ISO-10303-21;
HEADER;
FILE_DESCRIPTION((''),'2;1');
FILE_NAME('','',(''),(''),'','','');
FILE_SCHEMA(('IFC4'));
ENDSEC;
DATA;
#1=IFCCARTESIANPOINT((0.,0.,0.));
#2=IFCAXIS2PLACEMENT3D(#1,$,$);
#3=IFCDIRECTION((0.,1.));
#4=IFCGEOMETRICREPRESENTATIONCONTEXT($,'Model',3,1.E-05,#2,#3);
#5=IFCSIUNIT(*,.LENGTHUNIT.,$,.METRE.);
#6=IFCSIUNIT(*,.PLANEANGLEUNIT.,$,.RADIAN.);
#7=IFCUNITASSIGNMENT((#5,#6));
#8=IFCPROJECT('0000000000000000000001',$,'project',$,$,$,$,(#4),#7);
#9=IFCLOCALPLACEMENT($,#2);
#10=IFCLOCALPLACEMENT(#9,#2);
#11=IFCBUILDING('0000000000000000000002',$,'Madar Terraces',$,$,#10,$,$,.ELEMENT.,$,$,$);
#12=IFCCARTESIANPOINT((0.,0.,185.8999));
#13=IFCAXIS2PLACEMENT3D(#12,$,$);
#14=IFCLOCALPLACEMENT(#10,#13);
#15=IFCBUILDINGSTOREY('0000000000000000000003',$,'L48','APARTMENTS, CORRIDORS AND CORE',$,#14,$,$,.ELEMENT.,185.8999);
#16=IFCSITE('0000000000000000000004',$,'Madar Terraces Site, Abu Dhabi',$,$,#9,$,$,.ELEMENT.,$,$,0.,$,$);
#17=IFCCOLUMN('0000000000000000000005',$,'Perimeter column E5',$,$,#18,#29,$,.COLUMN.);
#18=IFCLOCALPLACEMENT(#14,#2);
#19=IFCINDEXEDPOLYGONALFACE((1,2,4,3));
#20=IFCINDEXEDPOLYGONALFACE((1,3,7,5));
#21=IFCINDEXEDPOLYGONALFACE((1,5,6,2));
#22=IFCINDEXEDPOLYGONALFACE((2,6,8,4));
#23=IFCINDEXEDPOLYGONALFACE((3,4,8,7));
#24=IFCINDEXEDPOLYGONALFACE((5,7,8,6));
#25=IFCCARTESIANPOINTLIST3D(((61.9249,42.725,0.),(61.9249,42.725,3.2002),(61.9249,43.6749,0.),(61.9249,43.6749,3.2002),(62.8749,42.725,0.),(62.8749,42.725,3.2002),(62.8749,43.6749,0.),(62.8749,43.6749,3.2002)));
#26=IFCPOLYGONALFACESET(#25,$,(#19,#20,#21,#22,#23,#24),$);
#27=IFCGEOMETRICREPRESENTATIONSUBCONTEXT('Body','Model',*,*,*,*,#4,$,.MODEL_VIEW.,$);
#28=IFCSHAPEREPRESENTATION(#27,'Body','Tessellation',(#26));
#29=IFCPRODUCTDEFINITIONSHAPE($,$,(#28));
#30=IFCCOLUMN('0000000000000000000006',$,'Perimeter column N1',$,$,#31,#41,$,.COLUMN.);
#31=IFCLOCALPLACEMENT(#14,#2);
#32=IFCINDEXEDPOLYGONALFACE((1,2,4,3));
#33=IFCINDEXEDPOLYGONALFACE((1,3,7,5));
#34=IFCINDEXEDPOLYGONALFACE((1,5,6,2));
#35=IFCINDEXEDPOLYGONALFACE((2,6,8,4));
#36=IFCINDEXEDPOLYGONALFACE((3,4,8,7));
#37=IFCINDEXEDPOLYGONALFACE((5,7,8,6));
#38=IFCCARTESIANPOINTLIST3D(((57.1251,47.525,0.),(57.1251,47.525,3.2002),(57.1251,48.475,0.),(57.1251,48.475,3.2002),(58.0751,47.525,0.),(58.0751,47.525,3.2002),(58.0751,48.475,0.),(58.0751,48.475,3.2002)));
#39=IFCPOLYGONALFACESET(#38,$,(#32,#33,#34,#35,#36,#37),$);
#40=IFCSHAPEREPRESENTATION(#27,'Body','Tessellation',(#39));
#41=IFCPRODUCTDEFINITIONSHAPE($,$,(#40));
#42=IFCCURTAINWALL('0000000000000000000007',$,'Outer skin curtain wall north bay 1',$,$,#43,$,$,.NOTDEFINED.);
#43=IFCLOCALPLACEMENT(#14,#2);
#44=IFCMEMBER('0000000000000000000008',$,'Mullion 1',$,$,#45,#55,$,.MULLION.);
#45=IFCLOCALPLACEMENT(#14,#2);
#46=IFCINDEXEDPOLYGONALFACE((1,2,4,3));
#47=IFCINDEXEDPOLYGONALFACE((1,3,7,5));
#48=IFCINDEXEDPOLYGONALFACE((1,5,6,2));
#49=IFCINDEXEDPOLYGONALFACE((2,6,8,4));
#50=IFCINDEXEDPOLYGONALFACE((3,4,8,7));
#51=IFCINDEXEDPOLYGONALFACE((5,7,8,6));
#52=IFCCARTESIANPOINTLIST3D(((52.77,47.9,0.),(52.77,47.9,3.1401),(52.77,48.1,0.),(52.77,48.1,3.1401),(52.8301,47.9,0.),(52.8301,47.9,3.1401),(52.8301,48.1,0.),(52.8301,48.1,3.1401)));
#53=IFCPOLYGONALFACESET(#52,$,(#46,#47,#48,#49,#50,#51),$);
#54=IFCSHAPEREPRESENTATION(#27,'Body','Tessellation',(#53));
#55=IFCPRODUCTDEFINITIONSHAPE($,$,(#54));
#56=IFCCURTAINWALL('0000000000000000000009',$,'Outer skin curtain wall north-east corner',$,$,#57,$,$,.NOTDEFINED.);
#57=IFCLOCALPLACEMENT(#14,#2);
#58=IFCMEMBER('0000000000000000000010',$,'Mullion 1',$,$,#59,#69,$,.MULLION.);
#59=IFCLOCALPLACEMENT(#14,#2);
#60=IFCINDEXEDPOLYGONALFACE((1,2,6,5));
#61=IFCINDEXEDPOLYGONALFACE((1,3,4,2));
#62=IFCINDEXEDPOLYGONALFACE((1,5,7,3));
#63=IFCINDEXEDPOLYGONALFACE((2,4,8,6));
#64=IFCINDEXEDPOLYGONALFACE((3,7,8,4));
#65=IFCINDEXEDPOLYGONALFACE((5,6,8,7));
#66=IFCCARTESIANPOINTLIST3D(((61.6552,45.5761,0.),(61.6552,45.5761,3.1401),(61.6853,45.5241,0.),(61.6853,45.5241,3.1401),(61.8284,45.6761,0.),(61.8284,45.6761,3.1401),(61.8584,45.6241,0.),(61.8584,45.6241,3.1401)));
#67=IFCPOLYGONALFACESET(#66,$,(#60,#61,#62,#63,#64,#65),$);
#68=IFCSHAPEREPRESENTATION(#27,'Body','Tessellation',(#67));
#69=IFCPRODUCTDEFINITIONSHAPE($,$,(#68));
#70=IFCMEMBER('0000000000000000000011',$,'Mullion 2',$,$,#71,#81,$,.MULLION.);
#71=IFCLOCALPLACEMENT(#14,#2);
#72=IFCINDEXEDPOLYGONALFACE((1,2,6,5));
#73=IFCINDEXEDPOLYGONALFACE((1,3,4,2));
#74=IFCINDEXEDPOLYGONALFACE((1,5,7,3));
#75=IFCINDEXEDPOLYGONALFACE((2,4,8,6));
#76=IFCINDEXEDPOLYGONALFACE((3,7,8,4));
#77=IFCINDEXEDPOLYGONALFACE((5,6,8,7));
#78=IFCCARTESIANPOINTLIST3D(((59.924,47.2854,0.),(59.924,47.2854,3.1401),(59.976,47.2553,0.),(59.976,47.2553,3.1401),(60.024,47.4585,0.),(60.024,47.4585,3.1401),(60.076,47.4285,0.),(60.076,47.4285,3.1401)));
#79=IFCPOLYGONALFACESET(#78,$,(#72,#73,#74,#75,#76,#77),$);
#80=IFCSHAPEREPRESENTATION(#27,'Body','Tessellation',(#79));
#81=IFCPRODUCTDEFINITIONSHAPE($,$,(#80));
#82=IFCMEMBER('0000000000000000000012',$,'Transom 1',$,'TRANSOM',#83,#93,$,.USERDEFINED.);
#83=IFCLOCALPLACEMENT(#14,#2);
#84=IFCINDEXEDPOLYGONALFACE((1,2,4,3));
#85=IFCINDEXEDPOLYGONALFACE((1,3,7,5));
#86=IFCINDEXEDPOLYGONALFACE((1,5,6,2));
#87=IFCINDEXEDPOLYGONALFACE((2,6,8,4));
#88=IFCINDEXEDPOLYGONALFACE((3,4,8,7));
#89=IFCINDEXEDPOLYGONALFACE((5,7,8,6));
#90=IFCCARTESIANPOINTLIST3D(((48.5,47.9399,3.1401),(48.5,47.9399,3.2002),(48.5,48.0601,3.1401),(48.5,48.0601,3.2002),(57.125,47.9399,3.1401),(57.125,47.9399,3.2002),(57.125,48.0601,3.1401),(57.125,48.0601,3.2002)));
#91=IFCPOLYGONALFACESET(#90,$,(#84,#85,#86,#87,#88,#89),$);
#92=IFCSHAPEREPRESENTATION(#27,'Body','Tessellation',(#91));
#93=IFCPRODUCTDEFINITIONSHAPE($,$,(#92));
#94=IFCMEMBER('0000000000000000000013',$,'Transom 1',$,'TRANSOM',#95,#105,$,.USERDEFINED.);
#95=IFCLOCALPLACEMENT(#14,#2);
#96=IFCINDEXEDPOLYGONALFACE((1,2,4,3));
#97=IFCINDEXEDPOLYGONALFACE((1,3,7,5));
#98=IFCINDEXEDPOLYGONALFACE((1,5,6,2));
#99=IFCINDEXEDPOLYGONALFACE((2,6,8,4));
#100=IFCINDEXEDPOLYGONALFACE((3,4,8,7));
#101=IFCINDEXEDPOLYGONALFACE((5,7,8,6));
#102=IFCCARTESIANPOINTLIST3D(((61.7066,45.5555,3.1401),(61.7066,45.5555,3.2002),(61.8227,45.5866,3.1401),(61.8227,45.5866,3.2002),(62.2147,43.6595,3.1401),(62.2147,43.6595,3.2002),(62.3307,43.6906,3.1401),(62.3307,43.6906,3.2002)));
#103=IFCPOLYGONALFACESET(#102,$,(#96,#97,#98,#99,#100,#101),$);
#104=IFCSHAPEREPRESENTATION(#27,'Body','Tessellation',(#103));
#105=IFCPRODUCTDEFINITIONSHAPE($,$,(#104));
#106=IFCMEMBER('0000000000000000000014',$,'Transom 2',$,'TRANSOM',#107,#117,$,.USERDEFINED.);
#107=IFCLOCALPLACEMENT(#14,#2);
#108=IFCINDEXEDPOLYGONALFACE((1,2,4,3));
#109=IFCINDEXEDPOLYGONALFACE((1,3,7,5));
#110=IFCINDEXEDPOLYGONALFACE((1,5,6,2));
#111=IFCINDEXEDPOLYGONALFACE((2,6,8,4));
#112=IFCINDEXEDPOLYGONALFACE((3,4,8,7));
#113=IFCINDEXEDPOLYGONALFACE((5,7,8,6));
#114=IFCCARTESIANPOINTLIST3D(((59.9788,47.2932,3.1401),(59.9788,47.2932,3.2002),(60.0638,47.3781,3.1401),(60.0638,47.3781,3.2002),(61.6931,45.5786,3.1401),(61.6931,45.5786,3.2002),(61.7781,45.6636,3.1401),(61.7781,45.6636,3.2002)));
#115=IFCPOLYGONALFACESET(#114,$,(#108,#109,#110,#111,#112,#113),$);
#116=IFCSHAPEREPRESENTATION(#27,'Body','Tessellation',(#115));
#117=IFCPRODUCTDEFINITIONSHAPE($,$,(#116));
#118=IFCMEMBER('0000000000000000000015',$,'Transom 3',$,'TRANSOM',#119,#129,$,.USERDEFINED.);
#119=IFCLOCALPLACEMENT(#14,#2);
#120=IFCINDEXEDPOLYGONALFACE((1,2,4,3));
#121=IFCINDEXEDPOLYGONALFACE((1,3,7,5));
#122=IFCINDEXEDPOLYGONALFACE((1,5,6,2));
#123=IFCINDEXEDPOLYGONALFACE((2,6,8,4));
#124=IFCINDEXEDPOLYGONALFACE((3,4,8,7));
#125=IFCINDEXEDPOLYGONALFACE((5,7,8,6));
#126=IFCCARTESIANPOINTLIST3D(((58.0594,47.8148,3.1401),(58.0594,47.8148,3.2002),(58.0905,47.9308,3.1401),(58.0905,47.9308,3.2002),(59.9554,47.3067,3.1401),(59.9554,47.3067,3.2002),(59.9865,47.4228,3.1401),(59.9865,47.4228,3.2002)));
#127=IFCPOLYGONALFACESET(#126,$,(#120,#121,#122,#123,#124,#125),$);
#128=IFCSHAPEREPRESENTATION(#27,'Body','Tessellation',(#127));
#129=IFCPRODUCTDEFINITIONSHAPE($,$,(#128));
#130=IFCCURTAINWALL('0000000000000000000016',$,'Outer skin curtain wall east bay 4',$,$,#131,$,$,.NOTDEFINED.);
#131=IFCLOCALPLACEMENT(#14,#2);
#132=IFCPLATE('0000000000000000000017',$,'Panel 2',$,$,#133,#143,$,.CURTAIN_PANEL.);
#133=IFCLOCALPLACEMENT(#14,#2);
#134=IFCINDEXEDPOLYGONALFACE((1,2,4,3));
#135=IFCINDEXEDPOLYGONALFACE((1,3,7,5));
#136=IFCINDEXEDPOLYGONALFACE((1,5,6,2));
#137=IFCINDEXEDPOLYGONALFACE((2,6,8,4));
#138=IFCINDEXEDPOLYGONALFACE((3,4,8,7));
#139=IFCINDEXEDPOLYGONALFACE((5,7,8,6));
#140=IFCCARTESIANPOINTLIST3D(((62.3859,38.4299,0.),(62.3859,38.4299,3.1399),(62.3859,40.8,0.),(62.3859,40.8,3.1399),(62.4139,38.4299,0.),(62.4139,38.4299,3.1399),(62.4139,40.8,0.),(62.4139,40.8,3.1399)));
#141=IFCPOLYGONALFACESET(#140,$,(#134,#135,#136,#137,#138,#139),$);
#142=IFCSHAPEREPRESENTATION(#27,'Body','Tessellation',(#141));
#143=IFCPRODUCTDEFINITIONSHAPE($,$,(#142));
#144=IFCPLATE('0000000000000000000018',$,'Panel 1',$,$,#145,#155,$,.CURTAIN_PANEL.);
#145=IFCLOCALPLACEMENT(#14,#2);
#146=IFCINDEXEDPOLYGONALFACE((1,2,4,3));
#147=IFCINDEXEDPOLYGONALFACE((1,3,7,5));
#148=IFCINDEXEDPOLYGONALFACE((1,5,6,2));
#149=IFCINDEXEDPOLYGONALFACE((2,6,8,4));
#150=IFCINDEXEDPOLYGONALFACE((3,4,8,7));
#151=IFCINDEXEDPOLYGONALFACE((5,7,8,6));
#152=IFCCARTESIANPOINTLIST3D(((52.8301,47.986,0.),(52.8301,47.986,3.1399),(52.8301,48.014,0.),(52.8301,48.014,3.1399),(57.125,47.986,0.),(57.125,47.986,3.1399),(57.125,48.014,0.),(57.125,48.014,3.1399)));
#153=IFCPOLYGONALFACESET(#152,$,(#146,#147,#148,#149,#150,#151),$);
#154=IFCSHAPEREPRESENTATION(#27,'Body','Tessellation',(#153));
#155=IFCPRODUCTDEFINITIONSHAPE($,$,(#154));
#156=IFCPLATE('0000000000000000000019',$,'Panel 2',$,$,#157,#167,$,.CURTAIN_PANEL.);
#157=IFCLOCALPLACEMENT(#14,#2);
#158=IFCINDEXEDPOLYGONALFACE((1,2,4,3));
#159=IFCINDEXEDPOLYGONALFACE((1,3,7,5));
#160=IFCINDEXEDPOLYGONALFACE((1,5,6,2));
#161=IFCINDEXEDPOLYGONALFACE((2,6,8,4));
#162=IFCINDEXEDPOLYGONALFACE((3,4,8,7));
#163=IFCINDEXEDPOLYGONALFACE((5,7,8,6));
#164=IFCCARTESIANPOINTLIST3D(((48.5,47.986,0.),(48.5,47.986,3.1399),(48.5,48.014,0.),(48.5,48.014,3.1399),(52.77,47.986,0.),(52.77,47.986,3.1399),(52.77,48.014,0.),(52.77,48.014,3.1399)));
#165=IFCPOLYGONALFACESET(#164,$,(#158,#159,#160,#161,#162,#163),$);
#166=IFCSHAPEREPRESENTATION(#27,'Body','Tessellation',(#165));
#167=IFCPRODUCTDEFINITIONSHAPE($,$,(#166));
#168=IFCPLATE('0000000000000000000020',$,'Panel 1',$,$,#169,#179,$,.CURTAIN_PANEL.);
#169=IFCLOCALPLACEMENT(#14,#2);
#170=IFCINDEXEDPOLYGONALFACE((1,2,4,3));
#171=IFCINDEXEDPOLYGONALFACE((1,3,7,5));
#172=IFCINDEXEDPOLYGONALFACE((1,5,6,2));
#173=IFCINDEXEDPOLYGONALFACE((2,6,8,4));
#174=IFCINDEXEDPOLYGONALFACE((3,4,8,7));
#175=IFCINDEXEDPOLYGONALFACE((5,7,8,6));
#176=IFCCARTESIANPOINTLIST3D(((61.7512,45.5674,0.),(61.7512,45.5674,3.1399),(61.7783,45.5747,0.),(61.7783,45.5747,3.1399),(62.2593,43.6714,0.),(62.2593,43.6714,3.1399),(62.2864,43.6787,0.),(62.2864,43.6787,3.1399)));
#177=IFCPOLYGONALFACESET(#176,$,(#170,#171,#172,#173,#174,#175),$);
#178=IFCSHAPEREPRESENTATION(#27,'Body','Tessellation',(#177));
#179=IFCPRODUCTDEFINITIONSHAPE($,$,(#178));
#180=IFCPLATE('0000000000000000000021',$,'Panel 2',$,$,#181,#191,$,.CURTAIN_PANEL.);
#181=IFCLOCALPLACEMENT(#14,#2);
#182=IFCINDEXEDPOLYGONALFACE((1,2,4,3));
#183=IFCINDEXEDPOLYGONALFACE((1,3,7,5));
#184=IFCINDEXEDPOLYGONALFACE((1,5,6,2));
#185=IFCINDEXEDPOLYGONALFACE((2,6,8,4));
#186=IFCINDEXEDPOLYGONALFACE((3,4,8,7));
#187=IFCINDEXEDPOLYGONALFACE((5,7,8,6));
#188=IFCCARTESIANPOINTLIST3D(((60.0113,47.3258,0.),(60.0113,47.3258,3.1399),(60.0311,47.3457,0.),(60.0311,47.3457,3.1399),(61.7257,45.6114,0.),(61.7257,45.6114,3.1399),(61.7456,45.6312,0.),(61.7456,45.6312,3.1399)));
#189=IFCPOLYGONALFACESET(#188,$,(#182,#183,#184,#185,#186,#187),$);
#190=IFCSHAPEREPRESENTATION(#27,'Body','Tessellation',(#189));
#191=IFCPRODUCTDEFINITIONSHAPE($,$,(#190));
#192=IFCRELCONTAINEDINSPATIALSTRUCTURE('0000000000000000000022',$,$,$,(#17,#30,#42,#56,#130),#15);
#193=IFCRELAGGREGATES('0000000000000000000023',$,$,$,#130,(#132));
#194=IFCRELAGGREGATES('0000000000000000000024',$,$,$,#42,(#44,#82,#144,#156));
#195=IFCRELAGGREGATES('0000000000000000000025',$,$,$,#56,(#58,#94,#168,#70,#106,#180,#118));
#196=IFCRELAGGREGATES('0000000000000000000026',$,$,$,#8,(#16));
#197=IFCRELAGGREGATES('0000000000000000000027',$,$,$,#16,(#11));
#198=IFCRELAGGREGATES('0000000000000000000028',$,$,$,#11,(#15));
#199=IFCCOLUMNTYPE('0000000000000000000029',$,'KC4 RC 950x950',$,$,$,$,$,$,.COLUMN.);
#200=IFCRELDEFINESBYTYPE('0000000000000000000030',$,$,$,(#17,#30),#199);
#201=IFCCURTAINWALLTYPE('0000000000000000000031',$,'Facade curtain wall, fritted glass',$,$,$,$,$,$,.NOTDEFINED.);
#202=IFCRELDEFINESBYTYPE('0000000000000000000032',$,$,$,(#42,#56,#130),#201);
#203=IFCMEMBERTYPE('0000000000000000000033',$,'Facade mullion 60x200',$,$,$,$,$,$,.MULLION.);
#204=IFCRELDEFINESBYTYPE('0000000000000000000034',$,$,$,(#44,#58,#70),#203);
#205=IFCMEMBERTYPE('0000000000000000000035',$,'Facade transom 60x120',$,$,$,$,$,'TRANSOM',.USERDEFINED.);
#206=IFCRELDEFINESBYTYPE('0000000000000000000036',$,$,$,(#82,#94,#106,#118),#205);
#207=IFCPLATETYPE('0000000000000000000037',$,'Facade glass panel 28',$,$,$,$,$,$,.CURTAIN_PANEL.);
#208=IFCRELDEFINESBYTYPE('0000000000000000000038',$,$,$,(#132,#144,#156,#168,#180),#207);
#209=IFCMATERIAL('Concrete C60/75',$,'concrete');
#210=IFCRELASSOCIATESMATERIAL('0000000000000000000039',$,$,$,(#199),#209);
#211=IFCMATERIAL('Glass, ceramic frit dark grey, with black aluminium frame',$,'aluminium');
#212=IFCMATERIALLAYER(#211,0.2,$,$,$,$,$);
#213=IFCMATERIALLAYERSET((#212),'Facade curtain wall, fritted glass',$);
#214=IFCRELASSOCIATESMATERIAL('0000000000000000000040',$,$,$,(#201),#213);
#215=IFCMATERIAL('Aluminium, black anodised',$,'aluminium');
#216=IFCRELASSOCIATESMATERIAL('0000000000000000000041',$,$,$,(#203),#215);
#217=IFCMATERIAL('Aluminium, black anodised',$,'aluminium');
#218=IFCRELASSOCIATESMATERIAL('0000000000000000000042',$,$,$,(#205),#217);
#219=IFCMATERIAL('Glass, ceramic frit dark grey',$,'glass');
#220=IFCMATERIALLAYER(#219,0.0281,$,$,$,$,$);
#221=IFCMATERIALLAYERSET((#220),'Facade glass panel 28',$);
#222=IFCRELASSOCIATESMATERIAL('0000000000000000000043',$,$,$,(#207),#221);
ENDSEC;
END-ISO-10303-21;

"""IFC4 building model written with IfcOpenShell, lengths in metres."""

from ifc_helpers import new_model, si_unit, direction, frame, origin, origin_2d, place, context, subcontext, project, spatial, rectangle, extrude, material, layer, layer_set, material_profile, profile_set, type_object, element, aggregate, save


model = new_model("IFC4")

# Units and contexts
model_context = context("Model", 3, precision=1e-05, world=origin(), true_north=direction((0.0, 1.0)))
body_context = subcontext(model_context, "Body", "Model", "MODEL_VIEW")
ifc_project = project(units=[si_unit("LENGTHUNIT", "METRE"), si_unit("PLANEANGLEUNIT", "RADIAN")], contexts=[model_context])

# Site, building, storey
site_placement = place(None, origin())
site = spatial("IfcSite", under=ifc_project, at=site_placement, Name="Madar Terraces Site, Abu Dhabi", CompositionType="ELEMENT", RefElevation=0.0)
building_placement = place(site_placement, origin())
building = spatial("IfcBuilding", under=site, at=building_placement, Name="Madar Terraces", CompositionType="ELEMENT")
storey_placement = place(building_placement, frame((0.0, 0.0, 185.8999)))
storey = spatial("IfcBuildingStorey", under=building, at=storey_placement, Name="L48", Description="APARTMENTS, CORRIDORS AND CORE", CompositionType="ELEMENT", Elevation=185.8999)

# Columns
ifc_material_1 = material(Name="Concrete C60/75", Category="concrete")
ifc_material_profile_1 = material_profile(ifc_material_1, rectangle(XDim=0.95, YDim=0.95, at=origin_2d()), Name="KC4 RC 950x950")
ifc_profile_set_1 = profile_set([ifc_material_profile_1], Name="Concrete C60/75")
column_type = type_object("IfcColumnType", Name="KC4 RC 950x950", PredefinedType="COLUMN", material=ifc_profile_set_1)
for number, where, z_axis, x_axis, name in (
    (1, (62.3999, 43.2, 0.0), (0.0, 0.0, 1.0), (1.0, 0.0, 0.0), "Perimeter column E5"),
    (2, (57.6001, 48.0, 0.0), (0.0, 0.0, 1.0), (1.0, 0.0, 0.0), "Perimeter column N1"),
):
    element("IfcColumn", number, at=place(storey_placement, frame(where, z_axis=z_axis, x_axis=x_axis)), inside=storey, type_object=column_type, Name=name, PredefinedType="COLUMN", context=body_context, shape_type="SweptSolid", body=[
        extrude(rectangle(XDim=0.95, YDim=0.95, at=origin_2d()), origin(), (0.0, 0.0, 1.0), 3.2002),
    ])

# Curtain wall, member
ifc_material_2 = material(Name="Glass, ceramic frit dark grey, with black aluminium frame", Category="aluminium")
ifc_layer_1 = layer(ifc_material_2, 0.2)
ifc_layer_set_1 = layer_set([ifc_layer_1], Name="Facade curtain wall, fritted glass")
curtain_wall_type = type_object("IfcCurtainWallType", Name="Facade curtain wall, fritted glass", PredefinedType="NOTDEFINED", material=ifc_layer_set_1)
curtain_wall_1_placement = place(storey_placement, origin())
curtain_wall_1 = element("IfcCurtainWall", 3, at=curtain_wall_1_placement, inside=storey, type_object=curtain_wall_type, Name="Outer skin curtain wall north bay 1", PredefinedType="NOTDEFINED")
ifc_material_3 = material(Name="Aluminium, black anodised", Category="aluminium")
ifc_material_profile_2 = material_profile(ifc_material_3, rectangle(XDim=0.2, YDim=0.0601, at=origin_2d()), Name="Facade mullion 60x200")
ifc_profile_set_2 = profile_set([ifc_material_profile_2], Name="Aluminium, black anodised")
member_type_1 = type_object("IfcMemberType", Name="Facade mullion 60x200", PredefinedType="MULLION", material=ifc_profile_set_2)
member_1_placement = place(storey_placement, frame((52.8, 48.0, 0.0), z_axis=(0.0, 0.0, 1.0), x_axis=(0.0, -1.0, 0.0)))
member_1 = element("IfcMember", 4, at=member_1_placement, type_object=member_type_1, Name="Mullion 1", PredefinedType="MULLION", context=body_context, shape_type="SweptSolid", body=[
    extrude(rectangle(XDim=0.2, YDim=0.0601, at=origin_2d()), origin(), (0.0, 0.0, 1.0), 3.1401),
])

# Curtain wall, members
curtain_wall_2_placement = place(storey_placement, origin())
curtain_wall_2 = element("IfcCurtainWall", 5, at=curtain_wall_2_placement, inside=storey, type_object=curtain_wall_type, Name="Outer skin curtain wall north-east corner", PredefinedType="NOTDEFINED")
member_2_placement = place(storey_placement, frame((61.7568, 45.6001, 0.0), z_axis=(0.0, 0.0, 1.0), x_axis=(-0.866025, -0.5, 0.0)))
member_2 = element("IfcMember", 6, at=member_2_placement, type_object=member_type_1, Name="Mullion 1", PredefinedType="MULLION", context=body_context, shape_type="SweptSolid", body=[
    extrude(rectangle(XDim=0.2, YDim=0.0601, at=origin_2d()), origin(), (0.0, 0.0, 1.0), 3.1401),
])
member_3_placement = place(storey_placement, frame((60.0, 47.3569, 0.0), z_axis=(0.0, 0.0, 1.0), x_axis=(-0.5, -0.866025, 0.0)))
member_3 = element("IfcMember", 7, at=member_3_placement, type_object=member_type_1, Name="Mullion 2", PredefinedType="MULLION", context=body_context, shape_type="SweptSolid", body=[
    extrude(rectangle(XDim=0.2, YDim=0.0601, at=origin_2d()), origin(), (0.0, 0.0, 1.0), 3.1401),
])

# Members
ifc_material_4 = material(Name="Aluminium, black anodised", Category="aluminium")
ifc_material_profile_3 = material_profile(ifc_material_4, rectangle(XDim=0.1201, YDim=0.0601, at=origin_2d()), Name="Facade transom 60x120")
ifc_profile_set_3 = profile_set([ifc_material_profile_3], Name="Aluminium, black anodised")
member_type_2 = type_object("IfcMemberType", Name="Facade transom 60x120", ElementType="TRANSOM", PredefinedType="USERDEFINED", material=ifc_profile_set_3)
member_4_placement = place(storey_placement, frame((57.125, 48.0, 3.1702), z_axis=(-1.0, 0.0, 0.0), x_axis=(0.0, -1.0, 0.0)))
member_4 = element("IfcMember", 8, at=member_4_placement, type_object=member_type_2, Name="Transom 1", ObjectType="TRANSOM", PredefinedType="USERDEFINED", context=body_context, shape_type="SweptSolid", body=[
    extrude(rectangle(XDim=0.1201, YDim=0.0601, at=origin_2d()), origin(), (0.0, 0.0, 1.0), 8.625),
])
member_5_placement = place(storey_placement, frame((62.2727, 43.675, 3.1702), z_axis=(-0.258831, 0.965923, 0.0), x_axis=(-0.965923, -0.258831, 0.0)))
member_5 = element("IfcMember", 9, at=member_5_placement, type_object=member_type_2, Name="Transom 1", ObjectType="TRANSOM", PredefinedType="USERDEFINED", context=body_context, shape_type="SweptSolid", body=[
    extrude(rectangle(XDim=0.1201, YDim=0.0601, at=origin_2d()), origin(), (0.0, 0.0, 1.0), 1.9629),
])
member_6_placement = place(storey_placement, frame((61.7356, 45.6211, 3.1702), z_axis=(-0.707056, 0.707157, 0.0), x_axis=(-0.707157, -0.707056, 0.0)))
member_6 = element("IfcMember", 10, at=member_6_placement, type_object=member_type_2, Name="Transom 2", ObjectType="TRANSOM", PredefinedType="USERDEFINED", context=body_context, shape_type="SweptSolid", body=[
    extrude(rectangle(XDim=0.1201, YDim=0.0601, at=origin_2d()), origin(), (0.0, 0.0, 1.0), 2.4246),
])
member_7_placement = place(storey_placement, frame((59.9709, 47.3647, 3.1702), z_axis=(-0.965923, 0.258831, 0.0), x_axis=(-0.258831, -0.965923, 0.0)))
member_7 = element("IfcMember", 11, at=member_7_placement, type_object=member_type_2, Name="Transom 3", ObjectType="TRANSOM", PredefinedType="USERDEFINED", context=body_context, shape_type="SweptSolid", body=[
    extrude(rectangle(XDim=0.1201, YDim=0.0601, at=origin_2d()), origin(), (0.0, 0.0, 1.0), 1.9629),
])

# Curtain wall, plate
curtain_wall_3_placement = place(storey_placement, origin())
curtain_wall_3 = element("IfcCurtainWall", 12, at=curtain_wall_3_placement, inside=storey, type_object=curtain_wall_type, Name="Outer skin curtain wall east bay 4", PredefinedType="NOTDEFINED")
ifc_material_5 = material(Name="Glass, ceramic frit dark grey", Category="glass")
ifc_layer_2 = layer(ifc_material_5, 0.0281)
ifc_layer_set_2 = layer_set([ifc_layer_2], Name="Facade glass panel 28")
plate_type = type_object("IfcPlateType", Name="Facade glass panel 28", PredefinedType="CURTAIN_PANEL", material=ifc_layer_set_2)
plate_1_placement = place(storey_placement, frame((62.3999, 39.615, 0.0), z_axis=(0.0, 0.0, 1.0), x_axis=(0.0, 1.0, 0.0)))
plate_1 = element("IfcPlate", 13, at=plate_1_placement, type_object=plate_type, Name="Panel 2", PredefinedType="CURTAIN_PANEL", context=body_context, shape_type="SweptSolid", body=[
    extrude(rectangle(XDim=2.3701, YDim=0.0281, at=origin_2d()), origin(), (0.0, 0.0, 1.0), 3.1399),
])
aggregate(curtain_wall_3, [plate_1])

# Plates
plate_2_placement = place(storey_placement, frame((54.9775, 48.0, 0.0), z_axis=(0.0, 0.0, 1.0), x_axis=(-1.0, 0.0, 0.0)))
plate_2 = element("IfcPlate", 14, at=plate_2_placement, type_object=plate_type, Name="Panel 1", PredefinedType="CURTAIN_PANEL", context=body_context, shape_type="SweptSolid", body=[
    extrude(rectangle(XDim=4.2949, YDim=0.0281, at=origin_2d()), origin(), (0.0, 0.0, 1.0), 3.1399),
])
plate_3_placement = place(storey_placement, frame((50.635, 48.0, 0.0), z_axis=(0.0, 0.0, 1.0), x_axis=(-1.0, 0.0, 0.0)))
plate_3 = element("IfcPlate", 15, at=plate_3_placement, type_object=plate_type, Name="Panel 2", PredefinedType="CURTAIN_PANEL", context=body_context, shape_type="SweptSolid", body=[
    extrude(rectangle(XDim=4.27, YDim=0.0281, at=origin_2d()), origin(), (0.0, 0.0, 1.0), 3.1399),
])
aggregate(curtain_wall_1, [member_1, member_4, plate_2, plate_3])
plate_4_placement = place(storey_placement, frame((62.0188, 44.623, 0.0), z_axis=(0.0, 0.0, 1.0), x_axis=(-0.258819, 0.965926, 0.0)))
plate_4 = element("IfcPlate", 16, at=plate_4_placement, type_object=plate_type, Name="Panel 1", PredefinedType="CURTAIN_PANEL", context=body_context, shape_type="SweptSolid", body=[
    extrude(rectangle(XDim=1.9629, YDim=0.0281, at=origin_2d()), origin(), (0.0, 0.0, 1.0), 3.1399),
])
plate_5_placement = place(storey_placement, frame((60.8784, 46.4785, 0.0), z_axis=(0.0, 0.0, 1.0), x_axis=(-0.707107, 0.707107, 0.0)))
plate_5 = element("IfcPlate", 17, at=plate_5_placement, type_object=plate_type, Name="Panel 2", PredefinedType="CURTAIN_PANEL", context=body_context, shape_type="SweptSolid", body=[
    extrude(rectangle(XDim=2.4246, YDim=0.0281, at=origin_2d()), origin(), (0.0, 0.0, 1.0), 3.1399),
])
aggregate(curtain_wall_2, [member_2, member_5, plate_4, member_3, member_6, plate_5, member_7])

save(model, "model.ifc")
